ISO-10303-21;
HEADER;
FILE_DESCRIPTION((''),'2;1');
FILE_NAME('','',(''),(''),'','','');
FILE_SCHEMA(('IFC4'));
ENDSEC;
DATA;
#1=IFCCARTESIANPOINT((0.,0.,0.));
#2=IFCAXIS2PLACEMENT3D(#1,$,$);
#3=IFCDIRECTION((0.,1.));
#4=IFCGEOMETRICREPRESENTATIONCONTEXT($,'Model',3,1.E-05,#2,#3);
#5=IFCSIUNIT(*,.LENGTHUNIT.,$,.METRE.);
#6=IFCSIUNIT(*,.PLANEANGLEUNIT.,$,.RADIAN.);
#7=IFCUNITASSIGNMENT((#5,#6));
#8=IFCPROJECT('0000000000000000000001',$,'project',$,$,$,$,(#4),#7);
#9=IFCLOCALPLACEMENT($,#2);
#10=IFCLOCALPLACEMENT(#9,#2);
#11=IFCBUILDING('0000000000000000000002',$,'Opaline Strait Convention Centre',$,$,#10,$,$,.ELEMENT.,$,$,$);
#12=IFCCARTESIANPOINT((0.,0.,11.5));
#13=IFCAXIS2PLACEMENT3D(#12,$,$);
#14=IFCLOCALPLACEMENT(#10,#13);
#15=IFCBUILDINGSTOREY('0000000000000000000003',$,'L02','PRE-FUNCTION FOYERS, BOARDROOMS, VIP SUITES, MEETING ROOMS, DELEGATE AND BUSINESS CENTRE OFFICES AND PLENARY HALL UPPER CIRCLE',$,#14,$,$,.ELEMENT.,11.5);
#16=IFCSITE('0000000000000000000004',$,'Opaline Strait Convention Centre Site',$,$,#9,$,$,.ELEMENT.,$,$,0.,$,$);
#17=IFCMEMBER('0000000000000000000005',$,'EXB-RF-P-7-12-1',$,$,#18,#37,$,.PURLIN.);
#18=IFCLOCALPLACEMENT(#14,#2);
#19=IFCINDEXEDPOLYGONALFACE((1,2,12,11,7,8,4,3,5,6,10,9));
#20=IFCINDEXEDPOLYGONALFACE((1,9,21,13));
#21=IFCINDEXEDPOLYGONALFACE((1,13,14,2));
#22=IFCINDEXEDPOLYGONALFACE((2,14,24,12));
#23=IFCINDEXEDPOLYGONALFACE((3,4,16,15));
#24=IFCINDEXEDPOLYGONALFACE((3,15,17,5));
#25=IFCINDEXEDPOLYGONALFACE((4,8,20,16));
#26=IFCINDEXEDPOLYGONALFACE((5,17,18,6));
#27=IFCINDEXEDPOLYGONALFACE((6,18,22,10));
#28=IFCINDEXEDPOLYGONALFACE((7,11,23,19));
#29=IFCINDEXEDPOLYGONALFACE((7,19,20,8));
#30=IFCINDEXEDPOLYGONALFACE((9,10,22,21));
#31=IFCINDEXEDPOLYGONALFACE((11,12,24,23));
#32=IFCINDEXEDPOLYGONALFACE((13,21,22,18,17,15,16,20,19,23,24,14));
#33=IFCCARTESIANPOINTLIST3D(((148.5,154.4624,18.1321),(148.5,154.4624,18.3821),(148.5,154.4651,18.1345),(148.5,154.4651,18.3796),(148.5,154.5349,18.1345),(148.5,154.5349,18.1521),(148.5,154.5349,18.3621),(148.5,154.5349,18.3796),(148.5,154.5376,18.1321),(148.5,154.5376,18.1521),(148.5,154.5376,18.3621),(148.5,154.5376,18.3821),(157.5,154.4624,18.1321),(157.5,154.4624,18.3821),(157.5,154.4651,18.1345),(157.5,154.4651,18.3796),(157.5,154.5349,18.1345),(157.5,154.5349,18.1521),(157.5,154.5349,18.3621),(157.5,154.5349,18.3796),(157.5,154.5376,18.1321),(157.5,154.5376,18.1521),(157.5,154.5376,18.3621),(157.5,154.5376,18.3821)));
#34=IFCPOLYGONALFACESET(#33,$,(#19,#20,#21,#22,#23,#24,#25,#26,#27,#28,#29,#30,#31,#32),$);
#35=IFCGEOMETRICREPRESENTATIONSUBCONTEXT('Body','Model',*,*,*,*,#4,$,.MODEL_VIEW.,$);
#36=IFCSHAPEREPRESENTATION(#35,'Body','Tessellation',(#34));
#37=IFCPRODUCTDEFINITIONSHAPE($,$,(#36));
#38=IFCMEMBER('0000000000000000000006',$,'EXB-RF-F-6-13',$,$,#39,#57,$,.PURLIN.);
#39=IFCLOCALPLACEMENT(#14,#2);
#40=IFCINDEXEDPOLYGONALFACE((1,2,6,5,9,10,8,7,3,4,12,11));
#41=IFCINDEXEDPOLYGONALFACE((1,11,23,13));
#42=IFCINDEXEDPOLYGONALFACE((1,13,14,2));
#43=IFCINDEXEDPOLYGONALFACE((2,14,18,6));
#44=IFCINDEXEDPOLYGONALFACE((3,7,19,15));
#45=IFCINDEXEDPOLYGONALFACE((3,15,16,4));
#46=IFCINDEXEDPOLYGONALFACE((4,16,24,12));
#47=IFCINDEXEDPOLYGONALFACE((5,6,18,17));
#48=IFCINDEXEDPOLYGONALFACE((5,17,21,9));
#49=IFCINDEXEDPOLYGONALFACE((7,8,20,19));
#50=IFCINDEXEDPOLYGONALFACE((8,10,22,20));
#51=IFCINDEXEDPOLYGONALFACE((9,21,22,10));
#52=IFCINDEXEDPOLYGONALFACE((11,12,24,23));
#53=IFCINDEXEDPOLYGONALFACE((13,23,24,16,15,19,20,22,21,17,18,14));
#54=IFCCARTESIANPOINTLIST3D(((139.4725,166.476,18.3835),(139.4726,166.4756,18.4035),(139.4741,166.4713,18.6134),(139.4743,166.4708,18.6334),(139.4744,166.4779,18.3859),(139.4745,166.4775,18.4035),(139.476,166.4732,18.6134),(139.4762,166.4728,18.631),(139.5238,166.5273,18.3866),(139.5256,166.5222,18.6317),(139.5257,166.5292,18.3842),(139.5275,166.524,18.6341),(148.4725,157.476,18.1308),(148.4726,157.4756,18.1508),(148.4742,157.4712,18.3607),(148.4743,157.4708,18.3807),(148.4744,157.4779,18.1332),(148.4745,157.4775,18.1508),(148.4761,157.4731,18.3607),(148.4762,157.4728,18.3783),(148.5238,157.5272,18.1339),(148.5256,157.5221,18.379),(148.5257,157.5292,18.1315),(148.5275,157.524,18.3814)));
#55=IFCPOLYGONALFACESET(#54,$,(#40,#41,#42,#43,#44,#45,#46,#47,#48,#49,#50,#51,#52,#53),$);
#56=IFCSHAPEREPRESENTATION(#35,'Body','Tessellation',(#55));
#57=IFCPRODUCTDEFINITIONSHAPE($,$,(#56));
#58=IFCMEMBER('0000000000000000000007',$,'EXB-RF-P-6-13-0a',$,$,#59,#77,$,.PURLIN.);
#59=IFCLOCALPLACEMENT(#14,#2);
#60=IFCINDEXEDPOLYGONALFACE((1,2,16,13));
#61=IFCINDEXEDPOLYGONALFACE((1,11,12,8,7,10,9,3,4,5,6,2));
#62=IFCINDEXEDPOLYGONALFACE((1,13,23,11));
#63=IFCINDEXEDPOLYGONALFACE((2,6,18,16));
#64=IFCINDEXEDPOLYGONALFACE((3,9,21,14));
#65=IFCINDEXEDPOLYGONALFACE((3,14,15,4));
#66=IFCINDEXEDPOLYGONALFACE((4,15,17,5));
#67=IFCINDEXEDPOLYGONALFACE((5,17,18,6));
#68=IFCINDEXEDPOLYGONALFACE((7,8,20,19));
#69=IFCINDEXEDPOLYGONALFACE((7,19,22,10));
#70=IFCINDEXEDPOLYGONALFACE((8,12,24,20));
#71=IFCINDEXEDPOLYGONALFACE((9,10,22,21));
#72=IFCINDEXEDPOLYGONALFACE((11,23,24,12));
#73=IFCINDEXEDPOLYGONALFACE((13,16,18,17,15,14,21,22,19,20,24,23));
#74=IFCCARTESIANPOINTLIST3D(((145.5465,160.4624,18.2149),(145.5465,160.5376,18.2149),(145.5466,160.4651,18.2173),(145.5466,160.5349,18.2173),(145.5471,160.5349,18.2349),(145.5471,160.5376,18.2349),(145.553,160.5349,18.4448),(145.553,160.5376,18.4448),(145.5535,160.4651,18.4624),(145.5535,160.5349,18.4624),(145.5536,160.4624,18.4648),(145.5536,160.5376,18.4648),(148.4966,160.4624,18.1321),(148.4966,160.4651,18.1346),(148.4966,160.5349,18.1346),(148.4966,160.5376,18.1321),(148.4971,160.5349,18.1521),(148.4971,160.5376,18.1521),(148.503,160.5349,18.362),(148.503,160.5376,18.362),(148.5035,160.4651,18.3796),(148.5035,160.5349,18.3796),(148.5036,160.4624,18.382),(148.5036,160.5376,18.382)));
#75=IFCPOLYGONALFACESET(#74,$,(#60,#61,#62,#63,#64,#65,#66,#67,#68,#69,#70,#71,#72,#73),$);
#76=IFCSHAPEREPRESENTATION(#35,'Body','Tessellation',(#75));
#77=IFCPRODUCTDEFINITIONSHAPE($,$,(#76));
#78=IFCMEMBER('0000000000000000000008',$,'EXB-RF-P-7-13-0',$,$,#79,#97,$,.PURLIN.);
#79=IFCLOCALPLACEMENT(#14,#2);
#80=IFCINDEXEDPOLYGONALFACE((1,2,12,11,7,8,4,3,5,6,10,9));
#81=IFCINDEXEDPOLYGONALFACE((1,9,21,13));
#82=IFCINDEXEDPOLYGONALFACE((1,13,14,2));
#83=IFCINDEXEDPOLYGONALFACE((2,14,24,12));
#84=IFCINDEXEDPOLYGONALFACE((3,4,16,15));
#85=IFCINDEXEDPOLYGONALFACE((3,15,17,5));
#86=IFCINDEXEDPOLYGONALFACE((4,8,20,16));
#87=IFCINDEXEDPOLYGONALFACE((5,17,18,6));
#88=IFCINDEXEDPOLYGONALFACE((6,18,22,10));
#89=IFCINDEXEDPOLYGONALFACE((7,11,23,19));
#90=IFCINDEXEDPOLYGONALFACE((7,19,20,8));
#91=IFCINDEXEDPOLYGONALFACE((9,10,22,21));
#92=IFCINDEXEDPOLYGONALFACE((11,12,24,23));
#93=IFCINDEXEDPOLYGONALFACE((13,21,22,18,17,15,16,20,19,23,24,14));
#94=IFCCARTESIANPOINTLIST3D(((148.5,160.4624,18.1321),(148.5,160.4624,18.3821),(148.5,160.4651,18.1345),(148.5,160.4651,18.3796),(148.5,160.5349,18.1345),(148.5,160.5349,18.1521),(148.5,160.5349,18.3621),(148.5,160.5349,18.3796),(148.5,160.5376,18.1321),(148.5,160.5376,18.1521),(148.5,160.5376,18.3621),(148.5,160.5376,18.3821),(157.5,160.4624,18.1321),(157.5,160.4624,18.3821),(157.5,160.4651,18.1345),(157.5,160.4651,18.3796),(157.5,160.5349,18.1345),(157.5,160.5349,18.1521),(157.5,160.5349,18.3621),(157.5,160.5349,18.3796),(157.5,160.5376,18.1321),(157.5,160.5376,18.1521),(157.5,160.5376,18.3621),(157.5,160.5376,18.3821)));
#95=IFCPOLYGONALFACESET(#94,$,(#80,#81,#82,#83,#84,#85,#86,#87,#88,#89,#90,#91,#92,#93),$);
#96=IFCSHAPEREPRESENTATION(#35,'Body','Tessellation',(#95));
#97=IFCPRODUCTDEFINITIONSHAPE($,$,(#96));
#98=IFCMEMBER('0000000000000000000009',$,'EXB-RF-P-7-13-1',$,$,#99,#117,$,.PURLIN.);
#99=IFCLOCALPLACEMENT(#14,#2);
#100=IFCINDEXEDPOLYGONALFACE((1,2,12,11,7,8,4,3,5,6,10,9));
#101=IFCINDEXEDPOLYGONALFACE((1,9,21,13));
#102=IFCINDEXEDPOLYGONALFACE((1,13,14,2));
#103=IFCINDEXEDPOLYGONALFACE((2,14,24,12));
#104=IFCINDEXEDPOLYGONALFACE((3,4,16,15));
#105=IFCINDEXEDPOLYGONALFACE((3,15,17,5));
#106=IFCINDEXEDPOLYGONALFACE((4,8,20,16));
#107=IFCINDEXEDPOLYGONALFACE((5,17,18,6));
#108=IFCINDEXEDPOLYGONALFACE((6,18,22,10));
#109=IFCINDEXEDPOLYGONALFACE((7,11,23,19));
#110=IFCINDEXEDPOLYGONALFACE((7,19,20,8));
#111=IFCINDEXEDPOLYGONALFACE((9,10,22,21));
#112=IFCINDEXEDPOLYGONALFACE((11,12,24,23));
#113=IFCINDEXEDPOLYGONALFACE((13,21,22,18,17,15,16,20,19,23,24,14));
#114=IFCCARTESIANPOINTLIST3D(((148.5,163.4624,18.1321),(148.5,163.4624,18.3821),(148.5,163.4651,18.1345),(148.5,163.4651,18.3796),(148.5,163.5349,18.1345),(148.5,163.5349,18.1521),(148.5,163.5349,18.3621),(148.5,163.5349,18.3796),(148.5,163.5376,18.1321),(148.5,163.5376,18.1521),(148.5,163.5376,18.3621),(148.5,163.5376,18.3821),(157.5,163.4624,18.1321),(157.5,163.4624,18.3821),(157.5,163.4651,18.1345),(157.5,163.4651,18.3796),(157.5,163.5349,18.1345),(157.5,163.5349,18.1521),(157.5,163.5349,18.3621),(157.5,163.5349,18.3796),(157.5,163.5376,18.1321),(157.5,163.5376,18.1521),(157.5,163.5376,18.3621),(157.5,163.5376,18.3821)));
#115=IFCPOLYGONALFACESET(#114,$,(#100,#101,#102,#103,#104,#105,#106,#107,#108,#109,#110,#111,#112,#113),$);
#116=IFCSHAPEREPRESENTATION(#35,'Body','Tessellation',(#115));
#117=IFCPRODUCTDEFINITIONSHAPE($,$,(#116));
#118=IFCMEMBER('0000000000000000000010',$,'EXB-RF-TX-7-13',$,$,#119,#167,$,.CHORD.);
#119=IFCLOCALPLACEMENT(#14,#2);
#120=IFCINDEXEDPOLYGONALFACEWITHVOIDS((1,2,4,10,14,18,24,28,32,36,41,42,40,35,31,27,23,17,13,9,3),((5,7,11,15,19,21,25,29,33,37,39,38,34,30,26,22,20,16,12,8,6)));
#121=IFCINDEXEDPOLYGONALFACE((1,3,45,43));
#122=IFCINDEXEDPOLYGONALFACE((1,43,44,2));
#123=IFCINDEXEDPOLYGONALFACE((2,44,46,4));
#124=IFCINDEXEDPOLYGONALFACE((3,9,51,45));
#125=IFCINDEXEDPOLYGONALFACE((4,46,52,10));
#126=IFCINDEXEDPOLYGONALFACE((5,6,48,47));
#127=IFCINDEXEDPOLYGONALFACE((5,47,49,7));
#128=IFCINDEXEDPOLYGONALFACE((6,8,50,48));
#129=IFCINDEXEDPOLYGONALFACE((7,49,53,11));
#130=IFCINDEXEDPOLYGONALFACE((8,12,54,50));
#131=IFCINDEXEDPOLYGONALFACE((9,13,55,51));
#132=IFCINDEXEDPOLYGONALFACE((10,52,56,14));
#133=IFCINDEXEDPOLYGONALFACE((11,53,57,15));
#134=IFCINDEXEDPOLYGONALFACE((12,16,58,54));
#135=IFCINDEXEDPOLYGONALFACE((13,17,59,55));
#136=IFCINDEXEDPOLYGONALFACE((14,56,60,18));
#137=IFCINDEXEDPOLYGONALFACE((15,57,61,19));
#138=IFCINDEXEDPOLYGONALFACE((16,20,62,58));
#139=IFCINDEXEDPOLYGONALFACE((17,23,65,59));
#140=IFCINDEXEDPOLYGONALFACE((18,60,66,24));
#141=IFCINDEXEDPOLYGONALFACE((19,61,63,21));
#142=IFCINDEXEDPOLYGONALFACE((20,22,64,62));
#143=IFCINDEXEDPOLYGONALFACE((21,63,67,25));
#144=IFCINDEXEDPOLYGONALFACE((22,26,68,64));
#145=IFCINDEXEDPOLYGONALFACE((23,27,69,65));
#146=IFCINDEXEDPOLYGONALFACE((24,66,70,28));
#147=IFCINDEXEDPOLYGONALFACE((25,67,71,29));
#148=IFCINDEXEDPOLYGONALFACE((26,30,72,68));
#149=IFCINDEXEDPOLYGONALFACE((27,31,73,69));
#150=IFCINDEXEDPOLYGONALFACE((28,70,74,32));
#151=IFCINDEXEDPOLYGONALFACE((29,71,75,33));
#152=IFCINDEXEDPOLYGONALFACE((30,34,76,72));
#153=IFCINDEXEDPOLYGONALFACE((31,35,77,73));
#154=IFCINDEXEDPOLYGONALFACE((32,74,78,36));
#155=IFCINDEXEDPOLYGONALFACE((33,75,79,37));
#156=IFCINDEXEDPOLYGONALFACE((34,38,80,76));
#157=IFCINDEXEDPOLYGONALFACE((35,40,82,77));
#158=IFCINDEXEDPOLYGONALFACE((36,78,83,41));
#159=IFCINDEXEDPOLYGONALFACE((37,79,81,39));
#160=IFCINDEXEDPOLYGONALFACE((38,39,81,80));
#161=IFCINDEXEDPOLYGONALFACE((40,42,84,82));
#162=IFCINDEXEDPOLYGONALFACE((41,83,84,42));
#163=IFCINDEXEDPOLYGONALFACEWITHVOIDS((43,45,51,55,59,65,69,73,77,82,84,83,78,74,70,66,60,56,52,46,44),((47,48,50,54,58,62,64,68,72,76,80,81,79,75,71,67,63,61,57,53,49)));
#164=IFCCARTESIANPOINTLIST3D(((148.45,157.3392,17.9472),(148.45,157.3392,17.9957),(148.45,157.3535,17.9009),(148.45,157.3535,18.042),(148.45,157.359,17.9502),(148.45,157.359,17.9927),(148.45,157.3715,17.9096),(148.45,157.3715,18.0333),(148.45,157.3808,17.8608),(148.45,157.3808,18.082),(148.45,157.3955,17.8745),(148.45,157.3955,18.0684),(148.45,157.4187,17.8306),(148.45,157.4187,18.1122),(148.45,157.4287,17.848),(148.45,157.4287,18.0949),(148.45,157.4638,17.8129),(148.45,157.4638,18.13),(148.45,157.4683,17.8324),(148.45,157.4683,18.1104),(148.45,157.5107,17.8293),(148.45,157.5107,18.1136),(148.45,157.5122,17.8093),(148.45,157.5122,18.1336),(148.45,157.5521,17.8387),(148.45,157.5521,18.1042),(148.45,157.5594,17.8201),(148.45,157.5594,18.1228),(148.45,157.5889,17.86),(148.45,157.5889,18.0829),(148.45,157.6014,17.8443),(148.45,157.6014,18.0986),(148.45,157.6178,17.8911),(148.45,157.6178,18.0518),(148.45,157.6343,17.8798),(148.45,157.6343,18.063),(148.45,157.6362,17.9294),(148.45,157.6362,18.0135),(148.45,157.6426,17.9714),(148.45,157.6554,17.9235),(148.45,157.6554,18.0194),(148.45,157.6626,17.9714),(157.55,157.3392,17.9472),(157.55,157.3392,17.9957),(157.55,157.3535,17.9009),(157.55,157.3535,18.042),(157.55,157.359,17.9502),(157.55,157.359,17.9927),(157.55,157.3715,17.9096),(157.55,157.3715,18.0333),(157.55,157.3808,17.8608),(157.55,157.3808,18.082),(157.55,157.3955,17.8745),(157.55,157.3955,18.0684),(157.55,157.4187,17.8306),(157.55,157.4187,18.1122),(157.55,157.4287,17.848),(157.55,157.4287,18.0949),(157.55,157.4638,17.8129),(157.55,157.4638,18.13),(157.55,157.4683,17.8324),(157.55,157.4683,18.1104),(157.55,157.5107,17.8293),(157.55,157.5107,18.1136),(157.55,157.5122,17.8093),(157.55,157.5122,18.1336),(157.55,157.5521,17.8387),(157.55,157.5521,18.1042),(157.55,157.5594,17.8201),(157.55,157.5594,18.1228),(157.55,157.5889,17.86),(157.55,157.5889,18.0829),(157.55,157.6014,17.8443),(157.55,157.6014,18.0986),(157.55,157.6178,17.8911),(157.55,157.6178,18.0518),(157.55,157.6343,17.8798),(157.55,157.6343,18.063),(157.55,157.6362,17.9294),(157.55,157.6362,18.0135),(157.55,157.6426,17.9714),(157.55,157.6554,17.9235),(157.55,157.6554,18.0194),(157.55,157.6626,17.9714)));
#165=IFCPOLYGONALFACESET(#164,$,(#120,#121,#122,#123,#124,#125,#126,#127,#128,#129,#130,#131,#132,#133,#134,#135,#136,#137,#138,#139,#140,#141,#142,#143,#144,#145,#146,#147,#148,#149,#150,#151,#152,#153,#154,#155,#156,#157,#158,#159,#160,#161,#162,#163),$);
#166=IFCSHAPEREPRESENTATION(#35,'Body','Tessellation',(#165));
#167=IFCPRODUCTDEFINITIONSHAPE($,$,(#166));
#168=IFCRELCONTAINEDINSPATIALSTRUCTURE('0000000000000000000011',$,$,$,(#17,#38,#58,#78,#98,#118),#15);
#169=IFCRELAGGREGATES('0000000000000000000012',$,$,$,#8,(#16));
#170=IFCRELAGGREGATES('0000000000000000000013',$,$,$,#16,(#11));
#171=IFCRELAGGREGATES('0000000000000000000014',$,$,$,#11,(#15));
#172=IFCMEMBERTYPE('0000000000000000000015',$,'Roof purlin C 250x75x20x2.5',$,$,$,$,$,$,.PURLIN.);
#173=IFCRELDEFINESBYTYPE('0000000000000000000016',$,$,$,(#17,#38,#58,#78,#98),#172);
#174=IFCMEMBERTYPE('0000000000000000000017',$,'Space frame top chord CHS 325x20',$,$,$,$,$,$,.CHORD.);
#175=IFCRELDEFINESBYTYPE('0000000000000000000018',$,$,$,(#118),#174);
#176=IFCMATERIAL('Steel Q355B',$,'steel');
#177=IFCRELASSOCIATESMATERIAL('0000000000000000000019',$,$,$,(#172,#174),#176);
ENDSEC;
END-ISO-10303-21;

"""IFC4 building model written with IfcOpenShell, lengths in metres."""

from ifc_helpers import new_model, si_unit, direction, frame, origin, origin_2d, place, context, subcontext, project, spatial, polyline, hollow_circle, outline, extrude, material, material_profile, profile_set, type_object, element, save


model = new_model("IFC4")

# Units and contexts
model_context = context("Model", 3, precision=1e-05, world=origin(), true_north=direction((0.0, 1.0)))
body_context = subcontext(model_context, "Body", "Model", "MODEL_VIEW")
ifc_project = project(units=[si_unit("LENGTHUNIT", "METRE"), si_unit("PLANEANGLEUNIT", "RADIAN")], contexts=[model_context])

# Site, building, storey
site_placement = place(None, origin())
site = spatial("IfcSite", under=ifc_project, at=site_placement, Name="Opaline Strait Convention Centre Site", CompositionType="ELEMENT", RefElevation=0.0)
building_placement = place(site_placement, origin())
building = spatial("IfcBuilding", under=site, at=building_placement, Name="Opaline Strait Convention Centre", CompositionType="ELEMENT")
storey_placement = place(building_placement, frame((0.0, 0.0, 11.5)))
storey = spatial("IfcBuildingStorey", under=building, at=storey_placement, Name="L02", Description="PRE-FUNCTION FOYERS, BOARDROOMS, VIP SUITES, MEETING ROOMS, DELEGATE AND BUSINESS CENTRE OFFICES AND PLENARY HALL UPPER CIRCLE", CompositionType="ELEMENT", Elevation=11.5)

# Members
ifc_material_1 = material(Name="Steel Q355B", Category="steel")
ifc_material_profile_1 = material_profile(ifc_material_1, outline(polyline([(-0.0376, -0.125), (0.0376, -0.125), (0.0376, -0.105), (0.0349, -0.105), (0.0349, -0.1226), (-0.0349, -0.1226), (-0.0349, 0.1226), (0.0349, 0.1226), (0.0349, 0.105), (0.0376, 0.105), (0.0376, 0.125), (-0.0376, 0.125), (-0.0376, -0.125)])), Name="C 250x75x20x2.5")
ifc_profile_set_1 = profile_set([ifc_material_profile_1], Name="Steel Q355B")
member_type_1 = type_object("IfcMemberType", Name="Roof purlin C 250x75x20x2.5", PredefinedType="PURLIN", material=ifc_profile_set_1)
member_1_placement = place(storey_placement, frame((148.5, 154.5, 18.2571), z_axis=(1.0, 0.0, 0.0), x_axis=(0.0, 1.0, 0.0)))
element("IfcMember", 1, at=member_1_placement, inside=storey, type_object=member_type_1, Name="EXB-RF-P-7-12-1", PredefinedType="PURLIN", context=body_context, shape_type="SweptSolid", body=[
    extrude(outline(polyline([(-0.0376, -0.125), (0.0376, -0.125), (0.0376, -0.105), (0.0349, -0.105), (0.0349, -0.1226), (-0.0349, -0.1226), (-0.0349, 0.1226), (0.0349, 0.1226), (0.0349, 0.105), (0.0376, 0.105), (0.0376, 0.125), (-0.0376, 0.125), (-0.0376, -0.125)])), origin(), (0.0, 0.0, 1.0), 9.0),
])
member_2_placement = place(storey_placement, frame((148.5, 157.5, 18.2561), z_axis=(-0.706967, 0.706967, 0.019849), x_axis=(-0.707209, -0.70694, -0.009562)))
element("IfcMember", 2, at=member_2_placement, inside=storey, type_object=member_type_1, Name="EXB-RF-F-6-13", PredefinedType="PURLIN", context=body_context, shape_type="SweptSolid", body=[
    extrude(outline(polyline([(-0.0376, -0.125), (0.0376, -0.125), (0.0376, -0.105), (0.0349, -0.105), (0.0349, -0.1226), (-0.0349, -0.1226), (-0.0349, 0.1226), (0.0349, 0.1226), (0.0349, 0.105), (0.0376, 0.105), (0.0376, 0.125), (-0.0376, 0.125), (-0.0376, -0.125)])), origin(), (0.0, 0.0, 1.0), 12.7305),
])
member_3_placement = place(storey_placement, frame((145.55, 160.5, 18.3398), z_axis=(0.999607, 0.0, -0.028045), x_axis=(0.0, 1.0, 0.0)))
element("IfcMember", 3, at=member_3_placement, inside=storey, type_object=member_type_1, Name="EXB-RF-P-6-13-0a", PredefinedType="PURLIN", context=body_context, shape_type="SweptSolid", body=[
    extrude(outline(polyline([(-0.0376, -0.125), (0.0376, -0.125), (0.0376, -0.105), (0.0349, -0.105), (0.0349, -0.1226), (-0.0349, -0.1226), (-0.0349, 0.1226), (0.0349, 0.1226), (0.0349, 0.105), (0.0376, 0.105), (0.0376, 0.125), (-0.0376, 0.125), (-0.0376, -0.125)])), origin(), (0.0, 0.0, 1.0), 2.9512),
])
for number, where, z_axis, x_axis, name in (
    (4, (148.5, 160.5, 18.2571), (1.0, 0.0, 0.0), (0.0, 1.0, 0.0), "EXB-RF-P-7-13-0"),
    (5, (148.5, 163.5, 18.2571), (1.0, 0.0, 0.0), (0.0, 1.0, 0.0), "EXB-RF-P-7-13-1"),
):
    element("IfcMember", number, at=place(storey_placement, frame(where, z_axis=z_axis, x_axis=x_axis)), inside=storey, type_object=member_type_1, Name=name, PredefinedType="PURLIN", context=body_context, shape_type="SweptSolid", body=[
        extrude(outline(polyline([(-0.0376, -0.125), (0.0376, -0.125), (0.0376, -0.105), (0.0349, -0.105), (0.0349, -0.1226), (-0.0349, -0.1226), (-0.0349, 0.1226), (0.0349, 0.1226), (0.0349, 0.105), (0.0376, 0.105), (0.0376, 0.125), (-0.0376, 0.125), (-0.0376, -0.125)])), origin(), (0.0, 0.0, 1.0), 9.0),
    ])
ifc_material_profile_2 = material_profile(ifc_material_1, hollow_circle(Radius=0.1626, WallThickness=0.02, at=origin_2d()), Name="CHS 325x20")
ifc_profile_set_2 = profile_set([ifc_material_profile_2], Name="Steel Q355B")
member_type_2 = type_object("IfcMemberType", Name="Space frame top chord CHS 325x20", PredefinedType="CHORD", material=ifc_profile_set_2)
for number, where, z_axis, x_axis, name in (
    (6, (148.45, 157.5, 17.9714), (1.0, 0.0, 0.0), (0.0, 1.0, 0.0), "EXB-RF-TX-7-13"),
):
    element("IfcMember", number, at=place(storey_placement, frame(where, z_axis=z_axis, x_axis=x_axis)), inside=storey, type_object=member_type_2, Name=name, PredefinedType="CHORD", context=body_context, shape_type="SweptSolid", body=[
        extrude(hollow_circle(Radius=0.1626, WallThickness=0.02, at=origin_2d()), origin(), (0.0, 0.0, 1.0), 9.1001),
    ])

save(model, "model.ifc")
